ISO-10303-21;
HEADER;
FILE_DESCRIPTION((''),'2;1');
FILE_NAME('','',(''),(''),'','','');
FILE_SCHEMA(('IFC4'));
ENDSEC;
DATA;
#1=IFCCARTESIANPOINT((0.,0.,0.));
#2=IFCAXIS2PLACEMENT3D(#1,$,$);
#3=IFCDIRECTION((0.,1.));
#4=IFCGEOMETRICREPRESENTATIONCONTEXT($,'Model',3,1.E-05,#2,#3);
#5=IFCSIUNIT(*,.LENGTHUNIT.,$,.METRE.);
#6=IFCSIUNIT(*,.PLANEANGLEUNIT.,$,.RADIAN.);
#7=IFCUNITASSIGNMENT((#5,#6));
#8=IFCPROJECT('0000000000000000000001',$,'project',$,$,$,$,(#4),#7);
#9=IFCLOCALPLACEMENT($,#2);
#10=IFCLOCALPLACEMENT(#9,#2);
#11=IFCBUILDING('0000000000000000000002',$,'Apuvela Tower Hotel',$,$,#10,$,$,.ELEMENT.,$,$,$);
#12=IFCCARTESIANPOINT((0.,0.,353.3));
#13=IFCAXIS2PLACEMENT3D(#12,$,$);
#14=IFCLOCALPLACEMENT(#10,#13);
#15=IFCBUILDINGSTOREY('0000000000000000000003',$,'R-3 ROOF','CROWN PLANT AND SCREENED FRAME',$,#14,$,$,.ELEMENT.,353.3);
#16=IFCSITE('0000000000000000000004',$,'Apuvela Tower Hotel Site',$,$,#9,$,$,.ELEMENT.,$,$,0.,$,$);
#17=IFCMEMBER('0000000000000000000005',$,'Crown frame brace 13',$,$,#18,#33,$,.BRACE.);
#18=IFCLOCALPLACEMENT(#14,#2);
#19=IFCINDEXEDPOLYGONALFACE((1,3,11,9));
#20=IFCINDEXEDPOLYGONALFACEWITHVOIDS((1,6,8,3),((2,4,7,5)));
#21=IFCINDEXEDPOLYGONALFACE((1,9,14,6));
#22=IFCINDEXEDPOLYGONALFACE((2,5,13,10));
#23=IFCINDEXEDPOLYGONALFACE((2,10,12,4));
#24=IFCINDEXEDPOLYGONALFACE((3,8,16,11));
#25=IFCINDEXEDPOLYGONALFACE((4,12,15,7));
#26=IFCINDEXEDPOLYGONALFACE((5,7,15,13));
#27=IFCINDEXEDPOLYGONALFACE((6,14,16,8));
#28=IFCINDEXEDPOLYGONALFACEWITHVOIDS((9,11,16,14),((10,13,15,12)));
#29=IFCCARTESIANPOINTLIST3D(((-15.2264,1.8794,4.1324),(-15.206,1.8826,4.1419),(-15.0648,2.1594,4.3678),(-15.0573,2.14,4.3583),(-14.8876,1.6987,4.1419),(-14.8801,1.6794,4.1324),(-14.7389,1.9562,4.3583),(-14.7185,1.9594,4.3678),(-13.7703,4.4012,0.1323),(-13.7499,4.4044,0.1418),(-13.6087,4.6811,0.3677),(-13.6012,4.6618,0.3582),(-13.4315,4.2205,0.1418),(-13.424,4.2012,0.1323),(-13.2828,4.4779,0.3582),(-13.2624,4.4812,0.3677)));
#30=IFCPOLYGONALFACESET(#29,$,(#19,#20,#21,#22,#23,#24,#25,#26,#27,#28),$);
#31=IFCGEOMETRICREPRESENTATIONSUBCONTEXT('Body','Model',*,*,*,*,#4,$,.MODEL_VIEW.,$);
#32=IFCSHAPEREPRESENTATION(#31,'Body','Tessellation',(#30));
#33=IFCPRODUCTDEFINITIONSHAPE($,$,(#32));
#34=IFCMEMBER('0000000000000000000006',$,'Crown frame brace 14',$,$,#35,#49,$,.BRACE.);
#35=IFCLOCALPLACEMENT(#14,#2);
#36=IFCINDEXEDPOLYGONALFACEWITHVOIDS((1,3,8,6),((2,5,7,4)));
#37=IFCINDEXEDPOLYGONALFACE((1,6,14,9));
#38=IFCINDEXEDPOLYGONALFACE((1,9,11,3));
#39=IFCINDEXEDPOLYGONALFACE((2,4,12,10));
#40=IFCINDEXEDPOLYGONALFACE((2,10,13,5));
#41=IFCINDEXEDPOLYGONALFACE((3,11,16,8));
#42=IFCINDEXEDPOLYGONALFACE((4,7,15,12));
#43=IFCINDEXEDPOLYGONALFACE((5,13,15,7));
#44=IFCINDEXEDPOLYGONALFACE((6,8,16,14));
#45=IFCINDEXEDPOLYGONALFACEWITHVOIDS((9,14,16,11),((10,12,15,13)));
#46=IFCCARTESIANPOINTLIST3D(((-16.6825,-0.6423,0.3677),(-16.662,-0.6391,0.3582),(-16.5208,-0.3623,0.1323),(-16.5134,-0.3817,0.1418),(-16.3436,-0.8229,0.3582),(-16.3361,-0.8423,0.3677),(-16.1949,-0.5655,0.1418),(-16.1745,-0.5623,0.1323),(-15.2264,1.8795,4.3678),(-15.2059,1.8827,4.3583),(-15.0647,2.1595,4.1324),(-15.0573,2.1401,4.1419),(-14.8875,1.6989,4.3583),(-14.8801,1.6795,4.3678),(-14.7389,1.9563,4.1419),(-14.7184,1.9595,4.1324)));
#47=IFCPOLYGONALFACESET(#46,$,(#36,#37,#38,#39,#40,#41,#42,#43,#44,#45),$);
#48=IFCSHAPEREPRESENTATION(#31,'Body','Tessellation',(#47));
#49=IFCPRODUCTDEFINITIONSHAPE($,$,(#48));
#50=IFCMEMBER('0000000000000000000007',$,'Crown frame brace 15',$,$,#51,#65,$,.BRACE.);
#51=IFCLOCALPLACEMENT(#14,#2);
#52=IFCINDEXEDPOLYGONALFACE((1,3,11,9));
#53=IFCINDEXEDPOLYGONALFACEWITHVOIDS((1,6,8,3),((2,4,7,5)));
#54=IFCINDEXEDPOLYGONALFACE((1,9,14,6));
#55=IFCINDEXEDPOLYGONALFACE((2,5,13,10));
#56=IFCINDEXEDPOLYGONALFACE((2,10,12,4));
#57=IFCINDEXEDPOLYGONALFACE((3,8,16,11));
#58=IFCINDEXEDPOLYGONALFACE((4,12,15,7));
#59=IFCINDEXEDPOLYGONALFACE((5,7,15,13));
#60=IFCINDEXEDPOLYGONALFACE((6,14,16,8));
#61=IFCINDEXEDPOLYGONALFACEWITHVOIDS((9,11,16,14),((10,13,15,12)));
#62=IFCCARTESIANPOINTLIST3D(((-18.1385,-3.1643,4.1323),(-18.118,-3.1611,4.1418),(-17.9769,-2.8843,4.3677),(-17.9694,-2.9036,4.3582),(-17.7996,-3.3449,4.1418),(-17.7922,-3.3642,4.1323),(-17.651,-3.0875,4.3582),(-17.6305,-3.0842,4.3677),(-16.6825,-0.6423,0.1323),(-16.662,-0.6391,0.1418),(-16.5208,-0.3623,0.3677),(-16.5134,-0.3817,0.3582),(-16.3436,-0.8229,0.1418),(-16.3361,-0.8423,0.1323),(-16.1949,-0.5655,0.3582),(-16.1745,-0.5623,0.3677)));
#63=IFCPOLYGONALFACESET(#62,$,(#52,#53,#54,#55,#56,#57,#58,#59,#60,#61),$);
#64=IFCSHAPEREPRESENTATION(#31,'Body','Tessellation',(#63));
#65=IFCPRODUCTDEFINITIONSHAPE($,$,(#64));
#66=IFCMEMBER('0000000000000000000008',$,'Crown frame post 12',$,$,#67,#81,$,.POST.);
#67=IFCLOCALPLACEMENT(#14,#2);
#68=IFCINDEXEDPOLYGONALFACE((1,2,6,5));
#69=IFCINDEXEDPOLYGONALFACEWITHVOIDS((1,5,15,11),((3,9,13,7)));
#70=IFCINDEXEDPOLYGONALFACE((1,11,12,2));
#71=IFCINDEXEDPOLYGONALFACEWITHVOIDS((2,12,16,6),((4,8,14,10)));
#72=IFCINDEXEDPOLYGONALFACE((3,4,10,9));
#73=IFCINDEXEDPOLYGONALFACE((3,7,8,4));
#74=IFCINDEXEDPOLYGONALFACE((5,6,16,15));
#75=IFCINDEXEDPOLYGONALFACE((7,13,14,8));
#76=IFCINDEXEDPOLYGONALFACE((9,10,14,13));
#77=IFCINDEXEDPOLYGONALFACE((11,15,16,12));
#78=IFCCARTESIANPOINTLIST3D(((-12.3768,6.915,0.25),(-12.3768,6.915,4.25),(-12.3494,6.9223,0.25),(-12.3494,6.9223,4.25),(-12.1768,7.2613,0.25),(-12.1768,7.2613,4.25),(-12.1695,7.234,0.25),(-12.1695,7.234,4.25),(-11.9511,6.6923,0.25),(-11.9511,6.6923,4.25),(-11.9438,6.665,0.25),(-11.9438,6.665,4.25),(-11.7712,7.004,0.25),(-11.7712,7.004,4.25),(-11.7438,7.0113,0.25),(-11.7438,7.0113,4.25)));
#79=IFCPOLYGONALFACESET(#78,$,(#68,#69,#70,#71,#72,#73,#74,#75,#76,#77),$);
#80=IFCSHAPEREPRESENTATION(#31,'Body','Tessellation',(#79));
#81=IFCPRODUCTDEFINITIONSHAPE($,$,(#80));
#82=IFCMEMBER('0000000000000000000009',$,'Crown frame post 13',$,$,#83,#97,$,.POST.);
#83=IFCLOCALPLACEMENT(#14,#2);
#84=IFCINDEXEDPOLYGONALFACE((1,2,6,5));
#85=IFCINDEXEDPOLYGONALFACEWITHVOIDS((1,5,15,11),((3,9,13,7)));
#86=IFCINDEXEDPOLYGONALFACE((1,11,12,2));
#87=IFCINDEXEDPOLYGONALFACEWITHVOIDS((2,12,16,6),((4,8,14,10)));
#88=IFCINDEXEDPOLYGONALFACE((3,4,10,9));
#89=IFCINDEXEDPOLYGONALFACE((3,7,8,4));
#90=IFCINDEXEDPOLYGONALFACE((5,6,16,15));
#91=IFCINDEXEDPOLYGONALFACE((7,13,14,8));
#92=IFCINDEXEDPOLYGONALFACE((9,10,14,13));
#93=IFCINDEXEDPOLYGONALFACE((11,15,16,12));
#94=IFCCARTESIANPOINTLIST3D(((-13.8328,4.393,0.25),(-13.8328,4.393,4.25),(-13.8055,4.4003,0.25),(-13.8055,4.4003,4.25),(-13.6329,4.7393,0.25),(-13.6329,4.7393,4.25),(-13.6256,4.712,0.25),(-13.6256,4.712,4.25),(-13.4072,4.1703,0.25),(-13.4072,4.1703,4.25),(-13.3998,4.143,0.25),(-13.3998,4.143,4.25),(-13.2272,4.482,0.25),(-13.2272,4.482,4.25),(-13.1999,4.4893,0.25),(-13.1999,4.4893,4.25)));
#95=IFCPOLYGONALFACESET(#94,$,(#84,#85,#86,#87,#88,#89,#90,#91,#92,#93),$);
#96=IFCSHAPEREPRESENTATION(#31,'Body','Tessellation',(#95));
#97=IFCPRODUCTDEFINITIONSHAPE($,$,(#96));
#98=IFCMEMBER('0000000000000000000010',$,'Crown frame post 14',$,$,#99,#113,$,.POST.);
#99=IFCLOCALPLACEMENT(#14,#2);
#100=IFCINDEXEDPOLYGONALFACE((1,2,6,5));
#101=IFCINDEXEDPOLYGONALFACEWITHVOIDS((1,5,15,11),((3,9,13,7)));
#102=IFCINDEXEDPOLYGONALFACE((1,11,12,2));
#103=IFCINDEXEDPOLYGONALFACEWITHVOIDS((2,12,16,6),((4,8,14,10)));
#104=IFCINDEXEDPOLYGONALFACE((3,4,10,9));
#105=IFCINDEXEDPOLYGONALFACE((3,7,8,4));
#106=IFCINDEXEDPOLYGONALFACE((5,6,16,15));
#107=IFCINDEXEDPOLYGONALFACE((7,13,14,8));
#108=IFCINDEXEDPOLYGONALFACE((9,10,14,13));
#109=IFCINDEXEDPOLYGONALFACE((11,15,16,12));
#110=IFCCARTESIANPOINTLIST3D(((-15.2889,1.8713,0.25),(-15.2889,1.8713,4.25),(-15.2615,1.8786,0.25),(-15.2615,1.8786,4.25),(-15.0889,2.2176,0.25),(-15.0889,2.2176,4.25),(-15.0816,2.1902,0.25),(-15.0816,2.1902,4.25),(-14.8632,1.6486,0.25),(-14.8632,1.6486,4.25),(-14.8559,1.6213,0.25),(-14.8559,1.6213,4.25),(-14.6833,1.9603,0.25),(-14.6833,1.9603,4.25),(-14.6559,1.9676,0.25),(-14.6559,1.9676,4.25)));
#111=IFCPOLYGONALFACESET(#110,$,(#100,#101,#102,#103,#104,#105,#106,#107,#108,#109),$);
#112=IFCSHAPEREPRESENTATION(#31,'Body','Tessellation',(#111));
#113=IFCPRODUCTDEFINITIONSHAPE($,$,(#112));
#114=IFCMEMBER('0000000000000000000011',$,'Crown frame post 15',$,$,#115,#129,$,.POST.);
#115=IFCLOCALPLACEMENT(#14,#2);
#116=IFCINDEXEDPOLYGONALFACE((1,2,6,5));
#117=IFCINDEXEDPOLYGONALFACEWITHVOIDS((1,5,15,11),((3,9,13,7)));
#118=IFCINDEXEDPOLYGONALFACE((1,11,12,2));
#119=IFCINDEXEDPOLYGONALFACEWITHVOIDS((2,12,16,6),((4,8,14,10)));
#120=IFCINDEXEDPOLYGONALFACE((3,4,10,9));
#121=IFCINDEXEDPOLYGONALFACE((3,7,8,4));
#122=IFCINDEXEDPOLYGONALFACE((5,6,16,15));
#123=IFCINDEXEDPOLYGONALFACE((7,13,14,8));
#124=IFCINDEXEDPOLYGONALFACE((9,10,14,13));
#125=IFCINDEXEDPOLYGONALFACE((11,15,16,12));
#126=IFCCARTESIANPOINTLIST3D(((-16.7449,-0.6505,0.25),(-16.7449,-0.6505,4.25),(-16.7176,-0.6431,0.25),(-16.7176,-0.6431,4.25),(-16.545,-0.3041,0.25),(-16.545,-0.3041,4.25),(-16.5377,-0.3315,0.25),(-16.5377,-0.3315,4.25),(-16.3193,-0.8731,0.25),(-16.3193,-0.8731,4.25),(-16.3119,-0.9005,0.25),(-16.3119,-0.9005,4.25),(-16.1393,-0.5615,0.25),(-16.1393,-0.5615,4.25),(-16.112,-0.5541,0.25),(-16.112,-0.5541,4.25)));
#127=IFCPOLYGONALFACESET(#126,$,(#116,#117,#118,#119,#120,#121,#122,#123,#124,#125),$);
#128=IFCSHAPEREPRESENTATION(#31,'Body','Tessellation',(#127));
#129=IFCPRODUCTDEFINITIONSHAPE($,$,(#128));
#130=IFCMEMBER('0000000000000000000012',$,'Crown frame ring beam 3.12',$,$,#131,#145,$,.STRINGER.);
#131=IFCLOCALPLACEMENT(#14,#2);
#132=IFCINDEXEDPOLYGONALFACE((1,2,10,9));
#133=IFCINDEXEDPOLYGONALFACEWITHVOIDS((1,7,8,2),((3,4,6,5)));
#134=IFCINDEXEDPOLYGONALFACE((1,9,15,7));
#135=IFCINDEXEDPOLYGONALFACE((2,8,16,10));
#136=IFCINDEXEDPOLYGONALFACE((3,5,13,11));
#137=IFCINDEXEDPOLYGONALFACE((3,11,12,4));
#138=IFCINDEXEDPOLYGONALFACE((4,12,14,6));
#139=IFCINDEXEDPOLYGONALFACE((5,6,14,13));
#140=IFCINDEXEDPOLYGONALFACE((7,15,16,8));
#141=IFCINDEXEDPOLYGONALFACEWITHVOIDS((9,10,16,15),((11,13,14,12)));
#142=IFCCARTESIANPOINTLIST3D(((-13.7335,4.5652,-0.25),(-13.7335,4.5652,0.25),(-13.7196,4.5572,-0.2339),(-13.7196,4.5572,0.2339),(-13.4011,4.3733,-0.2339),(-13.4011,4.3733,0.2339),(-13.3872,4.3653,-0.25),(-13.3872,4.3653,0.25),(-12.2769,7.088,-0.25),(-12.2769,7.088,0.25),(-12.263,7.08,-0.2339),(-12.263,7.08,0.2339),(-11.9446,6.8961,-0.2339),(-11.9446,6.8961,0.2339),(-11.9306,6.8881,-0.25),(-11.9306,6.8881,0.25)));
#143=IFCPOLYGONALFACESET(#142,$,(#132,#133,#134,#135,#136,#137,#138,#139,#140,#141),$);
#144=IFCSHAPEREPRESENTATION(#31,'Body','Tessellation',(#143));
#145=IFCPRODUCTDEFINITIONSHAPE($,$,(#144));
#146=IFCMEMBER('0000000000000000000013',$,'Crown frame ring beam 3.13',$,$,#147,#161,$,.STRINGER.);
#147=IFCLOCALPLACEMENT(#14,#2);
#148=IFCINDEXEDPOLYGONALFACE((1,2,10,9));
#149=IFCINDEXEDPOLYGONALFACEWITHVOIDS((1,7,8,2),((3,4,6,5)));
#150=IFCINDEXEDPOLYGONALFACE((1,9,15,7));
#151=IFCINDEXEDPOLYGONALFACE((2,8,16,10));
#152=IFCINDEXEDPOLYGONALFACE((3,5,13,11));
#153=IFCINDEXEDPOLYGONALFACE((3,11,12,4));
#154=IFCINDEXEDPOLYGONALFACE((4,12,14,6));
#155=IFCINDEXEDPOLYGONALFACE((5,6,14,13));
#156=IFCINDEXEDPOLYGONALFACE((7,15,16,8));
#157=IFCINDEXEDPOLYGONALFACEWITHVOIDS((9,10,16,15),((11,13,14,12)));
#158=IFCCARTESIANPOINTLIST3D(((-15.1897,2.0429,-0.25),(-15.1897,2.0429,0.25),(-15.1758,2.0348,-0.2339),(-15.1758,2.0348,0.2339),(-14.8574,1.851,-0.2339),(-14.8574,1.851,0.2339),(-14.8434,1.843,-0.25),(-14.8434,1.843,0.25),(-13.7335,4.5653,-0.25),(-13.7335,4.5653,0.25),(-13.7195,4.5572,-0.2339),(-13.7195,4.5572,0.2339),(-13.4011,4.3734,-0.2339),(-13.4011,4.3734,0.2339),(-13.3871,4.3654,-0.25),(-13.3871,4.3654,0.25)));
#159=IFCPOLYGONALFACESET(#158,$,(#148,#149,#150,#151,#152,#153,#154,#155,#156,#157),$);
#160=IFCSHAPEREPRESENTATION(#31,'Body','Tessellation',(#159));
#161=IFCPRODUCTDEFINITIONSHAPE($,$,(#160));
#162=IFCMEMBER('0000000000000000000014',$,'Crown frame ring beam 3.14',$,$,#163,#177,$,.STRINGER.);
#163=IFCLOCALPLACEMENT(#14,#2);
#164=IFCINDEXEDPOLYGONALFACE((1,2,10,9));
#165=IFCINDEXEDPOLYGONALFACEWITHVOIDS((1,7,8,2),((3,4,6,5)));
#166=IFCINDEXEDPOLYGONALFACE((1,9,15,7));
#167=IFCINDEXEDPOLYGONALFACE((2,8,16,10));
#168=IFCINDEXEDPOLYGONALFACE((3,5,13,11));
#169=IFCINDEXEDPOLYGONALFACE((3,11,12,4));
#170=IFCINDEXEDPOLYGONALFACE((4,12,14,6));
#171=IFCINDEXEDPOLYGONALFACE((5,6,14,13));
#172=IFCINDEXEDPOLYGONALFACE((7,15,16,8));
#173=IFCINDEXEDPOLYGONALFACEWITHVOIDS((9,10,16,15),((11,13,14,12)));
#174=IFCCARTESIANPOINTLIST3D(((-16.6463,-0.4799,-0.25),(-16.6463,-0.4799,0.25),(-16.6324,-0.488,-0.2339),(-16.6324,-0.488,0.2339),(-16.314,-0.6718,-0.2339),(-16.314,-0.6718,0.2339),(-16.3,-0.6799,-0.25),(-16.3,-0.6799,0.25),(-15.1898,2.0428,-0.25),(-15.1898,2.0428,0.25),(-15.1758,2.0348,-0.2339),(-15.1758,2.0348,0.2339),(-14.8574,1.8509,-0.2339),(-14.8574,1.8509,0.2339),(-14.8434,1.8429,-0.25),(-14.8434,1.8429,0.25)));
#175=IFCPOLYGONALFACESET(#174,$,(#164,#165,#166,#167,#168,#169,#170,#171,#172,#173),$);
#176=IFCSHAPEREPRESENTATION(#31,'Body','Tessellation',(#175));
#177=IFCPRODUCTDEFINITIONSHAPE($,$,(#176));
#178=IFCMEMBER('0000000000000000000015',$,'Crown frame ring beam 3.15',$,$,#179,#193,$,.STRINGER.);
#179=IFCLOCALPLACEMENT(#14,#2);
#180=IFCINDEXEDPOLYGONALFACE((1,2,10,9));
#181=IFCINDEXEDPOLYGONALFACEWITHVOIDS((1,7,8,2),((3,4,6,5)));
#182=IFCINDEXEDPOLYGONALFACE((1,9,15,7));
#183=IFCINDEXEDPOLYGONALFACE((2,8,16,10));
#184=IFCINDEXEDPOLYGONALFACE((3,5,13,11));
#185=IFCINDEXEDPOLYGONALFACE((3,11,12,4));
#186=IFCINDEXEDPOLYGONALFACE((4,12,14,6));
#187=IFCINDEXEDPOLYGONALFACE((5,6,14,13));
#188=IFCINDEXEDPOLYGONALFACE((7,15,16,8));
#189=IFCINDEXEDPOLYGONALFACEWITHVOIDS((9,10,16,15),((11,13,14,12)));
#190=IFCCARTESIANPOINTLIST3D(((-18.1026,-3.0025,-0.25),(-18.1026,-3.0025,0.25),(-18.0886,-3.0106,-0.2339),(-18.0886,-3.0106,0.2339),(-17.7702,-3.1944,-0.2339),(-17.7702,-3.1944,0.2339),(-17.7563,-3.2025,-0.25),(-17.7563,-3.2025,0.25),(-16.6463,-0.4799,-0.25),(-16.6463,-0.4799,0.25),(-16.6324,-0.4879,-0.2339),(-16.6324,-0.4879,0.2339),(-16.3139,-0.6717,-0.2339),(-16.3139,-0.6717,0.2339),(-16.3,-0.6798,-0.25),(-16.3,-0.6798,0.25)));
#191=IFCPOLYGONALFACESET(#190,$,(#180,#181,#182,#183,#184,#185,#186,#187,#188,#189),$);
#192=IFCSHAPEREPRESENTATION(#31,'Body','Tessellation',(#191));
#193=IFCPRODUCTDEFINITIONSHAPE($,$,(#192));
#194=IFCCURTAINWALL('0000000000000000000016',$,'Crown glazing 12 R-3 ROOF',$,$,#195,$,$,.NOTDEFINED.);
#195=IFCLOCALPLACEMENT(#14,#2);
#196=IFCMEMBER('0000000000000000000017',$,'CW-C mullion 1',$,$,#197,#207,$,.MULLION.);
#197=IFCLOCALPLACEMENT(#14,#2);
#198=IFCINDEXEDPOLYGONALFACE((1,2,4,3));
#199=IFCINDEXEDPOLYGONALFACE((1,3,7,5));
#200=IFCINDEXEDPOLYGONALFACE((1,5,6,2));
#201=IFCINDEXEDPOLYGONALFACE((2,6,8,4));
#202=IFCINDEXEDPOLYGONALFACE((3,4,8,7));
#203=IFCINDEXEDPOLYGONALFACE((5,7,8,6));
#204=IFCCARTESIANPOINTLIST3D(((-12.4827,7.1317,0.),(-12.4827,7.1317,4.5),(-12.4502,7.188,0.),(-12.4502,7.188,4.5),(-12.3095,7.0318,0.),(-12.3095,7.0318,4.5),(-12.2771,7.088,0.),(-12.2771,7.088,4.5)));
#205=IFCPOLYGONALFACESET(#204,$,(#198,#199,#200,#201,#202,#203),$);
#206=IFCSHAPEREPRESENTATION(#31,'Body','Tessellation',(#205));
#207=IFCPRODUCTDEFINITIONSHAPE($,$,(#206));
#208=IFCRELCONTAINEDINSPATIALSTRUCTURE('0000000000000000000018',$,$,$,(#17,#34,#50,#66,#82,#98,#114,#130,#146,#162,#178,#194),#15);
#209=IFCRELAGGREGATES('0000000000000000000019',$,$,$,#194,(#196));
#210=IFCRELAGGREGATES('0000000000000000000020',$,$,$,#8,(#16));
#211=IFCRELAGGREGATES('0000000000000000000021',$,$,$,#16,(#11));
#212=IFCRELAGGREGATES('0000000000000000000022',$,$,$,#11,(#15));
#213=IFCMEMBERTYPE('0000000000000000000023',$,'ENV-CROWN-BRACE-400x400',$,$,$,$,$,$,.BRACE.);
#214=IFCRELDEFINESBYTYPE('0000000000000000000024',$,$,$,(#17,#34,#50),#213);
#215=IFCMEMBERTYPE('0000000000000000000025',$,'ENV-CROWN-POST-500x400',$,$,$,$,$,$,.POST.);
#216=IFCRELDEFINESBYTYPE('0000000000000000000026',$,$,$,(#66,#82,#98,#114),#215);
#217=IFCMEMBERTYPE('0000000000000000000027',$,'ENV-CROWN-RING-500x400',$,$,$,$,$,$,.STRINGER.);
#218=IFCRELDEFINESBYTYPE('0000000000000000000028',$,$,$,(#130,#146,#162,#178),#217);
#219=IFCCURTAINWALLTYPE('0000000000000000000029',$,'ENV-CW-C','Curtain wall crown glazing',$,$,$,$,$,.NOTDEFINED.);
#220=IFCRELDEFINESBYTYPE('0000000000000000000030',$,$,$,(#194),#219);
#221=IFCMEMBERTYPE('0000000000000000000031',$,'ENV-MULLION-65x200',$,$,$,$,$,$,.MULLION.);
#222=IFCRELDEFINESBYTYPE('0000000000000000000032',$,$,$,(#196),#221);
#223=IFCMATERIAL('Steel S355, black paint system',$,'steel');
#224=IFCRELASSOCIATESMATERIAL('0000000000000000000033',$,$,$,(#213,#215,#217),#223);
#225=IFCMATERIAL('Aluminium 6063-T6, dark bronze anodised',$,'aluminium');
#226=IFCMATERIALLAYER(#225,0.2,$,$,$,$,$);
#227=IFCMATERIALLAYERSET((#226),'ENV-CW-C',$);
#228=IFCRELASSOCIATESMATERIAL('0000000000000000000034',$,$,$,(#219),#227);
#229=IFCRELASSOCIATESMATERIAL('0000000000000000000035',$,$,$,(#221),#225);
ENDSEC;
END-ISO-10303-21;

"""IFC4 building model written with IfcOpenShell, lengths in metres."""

from ifc_helpers import new_model, si_unit, direction, frame, origin, origin_2d, place, context, subcontext, project, spatial, rectangle, hollow_rectangle, extrude, material, layer, layer_set, material_profile, profile_set, type_object, element, aggregate, save


model = new_model("IFC4")

# Units and contexts
model_context = context("Model", 3, precision=1e-05, world=origin(), true_north=direction((0.0, 1.0)))
body_context = subcontext(model_context, "Body", "Model", "MODEL_VIEW")
ifc_project = project(units=[si_unit("LENGTHUNIT", "METRE"), si_unit("PLANEANGLEUNIT", "RADIAN")], contexts=[model_context])

# Site, building, storey
site_placement = place(None, origin())
site = spatial("IfcSite", under=ifc_project, at=site_placement, Name="Apuvela Tower Hotel Site", CompositionType="ELEMENT", RefElevation=0.0)
building_placement = place(site_placement, origin())
building = spatial("IfcBuilding", under=site, at=building_placement, Name="Apuvela Tower Hotel", CompositionType="ELEMENT")
storey_placement = place(building_placement, frame((0.0, 0.0, 353.3)))
storey = spatial("IfcBuildingStorey", under=building, at=storey_placement, Name="R-3 ROOF", Description="CROWN PLANT AND SCREENED FRAME", CompositionType="ELEMENT", Elevation=353.3)

# Members
ifc_material_1 = material(Name="Steel S355, black paint system", Category="steel")
ifc_material_profile_1 = material_profile(ifc_material_1, hollow_rectangle(XDim=0.3999, YDim=0.3999, WallThickness=0.0161, at=origin_2d()), Name="HSS 400x400x16")
ifc_profile_set_1 = profile_set([ifc_material_profile_1], Name="Steel S355, black paint system")
member_type_1 = type_object("IfcMemberType", Name="ENV-CROWN-BRACE-400x400", PredefinedType="BRACE", material=ifc_profile_set_1)
for number, where, z_axis, x_axis, name in (
    (1, (-13.5164, 4.4412, 0.25), (-0.294292, -0.509682, 0.808465), (0.866005, -0.500035, 0.0), "Crown frame brace 13"),
    (2, (-16.4285, -0.6023, 0.25), (0.294292, 0.509682, 0.808465), (-0.866005, 0.500035, 0.0), "Crown frame brace 14"),
    (3, (-16.4285, -0.6023, 0.25), (-0.294285, -0.509719, 0.808445), (0.866026, -0.499998, 0.0), "Crown frame brace 15"),
):
    element("IfcMember", number, at=place(storey_placement, frame(where, z_axis=z_axis, x_axis=x_axis)), inside=storey, type_object=member_type_1, Name=name, PredefinedType="BRACE", context=body_context, shape_type="SweptSolid", body=[
        extrude(hollow_rectangle(XDim=0.3999, YDim=0.3999, WallThickness=0.0161, at=origin_2d()), origin(), (0.0, 0.0, 1.0), 4.9478),
    ])
ifc_material_profile_2 = material_profile(ifc_material_1, hollow_rectangle(XDim=0.3999, YDim=0.5, WallThickness=0.02, at=origin_2d()), Name="HSS 500x400x20")
ifc_profile_set_2 = profile_set([ifc_material_profile_2], Name="Steel S355, black paint system")
member_type_2 = type_object("IfcMemberType", Name="ENV-CROWN-POST-500x400", PredefinedType="POST", material=ifc_profile_set_2)
for number, where, z_axis, x_axis, name in (
    (4, (-12.0603, 6.9631, 0.25), (0.0, 0.0, 1.0), (-0.5, -0.866025, 0.0), "Crown frame post 12"),
    (5, (-13.5164, 4.4412, 0.25), (0.0, 0.0, 1.0), (-0.5, -0.866025, 0.0), "Crown frame post 13"),
    (6, (-14.9724, 1.9194, 0.25), (0.0, 0.0, 1.0), (-0.5, -0.866025, 0.0), "Crown frame post 14"),
    (7, (-16.4285, -0.6023, 0.25), (0.0, 0.0, 1.0), (-0.5, -0.866025, 0.0), "Crown frame post 15"),
):
    element("IfcMember", number, at=place(storey_placement, frame(where, z_axis=z_axis, x_axis=x_axis)), inside=storey, type_object=member_type_2, Name=name, PredefinedType="POST", context=body_context, shape_type="SweptSolid", body=[
        extrude(hollow_rectangle(XDim=0.3999, YDim=0.5, WallThickness=0.02, at=origin_2d()), origin(), (0.0, 0.0, 1.0), 4.0),
    ])
ifc_material_profile_3 = material_profile(ifc_material_1, hollow_rectangle(XDim=0.3999, YDim=0.5, WallThickness=0.0161, at=origin_2d()), Name="HSS 500x400x16")
ifc_profile_set_3 = profile_set([ifc_material_profile_3], Name="Steel S355, black paint system")
member_type_3 = type_object("IfcMemberType", Name="ENV-CROWN-RING-500x400", PredefinedType="STRINGER", material=ifc_profile_set_3)
member_1_placement = place(storey_placement, frame((-12.1038, 6.988, 0.0), z_axis=(-0.500015, -0.866017, 0.0), x_axis=(0.866017, -0.500015, 0.0)))
element("IfcMember", 8, at=member_1_placement, inside=storey, type_object=member_type_3, Name="Crown frame ring beam 3.12", PredefinedType="STRINGER", context=body_context, shape_type="SweptSolid", body=[
    extrude(hollow_rectangle(XDim=0.3999, YDim=0.5, WallThickness=0.0161, at=origin_2d()), origin(), (0.0, 0.0, 1.0), 2.9131),
])
member_2_placement = place(storey_placement, frame((-13.5603, 4.4653, 0.0), z_axis=(-0.499988, -0.866032, 0.0), x_axis=(0.866032, -0.499988, 0.0)))
element("IfcMember", 9, at=member_2_placement, inside=storey, type_object=member_type_3, Name="Crown frame ring beam 3.13", PredefinedType="STRINGER", context=body_context, shape_type="SweptSolid", body=[
    extrude(hollow_rectangle(XDim=0.3999, YDim=0.5, WallThickness=0.0161, at=origin_2d()), origin(), (0.0, 0.0, 1.0), 2.9126),
])
member_3_placement = place(storey_placement, frame((-15.0166, 1.9429, 0.0), z_axis=(-0.500015, -0.866017, 0.0), x_axis=(0.866017, -0.500015, 0.0)))
element("IfcMember", 10, at=member_3_placement, inside=storey, type_object=member_type_3, Name="Crown frame ring beam 3.14", PredefinedType="STRINGER", context=body_context, shape_type="SweptSolid", body=[
    extrude(hollow_rectangle(XDim=0.3999, YDim=0.5, WallThickness=0.0161, at=origin_2d()), origin(), (0.0, 0.0, 1.0), 2.9131),
])
member_4_placement = place(storey_placement, frame((-16.4731, -0.5798, 0.0), z_axis=(-0.499952, -0.866053, 0.0), x_axis=(0.866053, -0.499952, 0.0)))
element("IfcMember", 11, at=member_4_placement, inside=storey, type_object=member_type_3, Name="Crown frame ring beam 3.15", PredefinedType="STRINGER", context=body_context, shape_type="SweptSolid", body=[
    extrude(hollow_rectangle(XDim=0.3999, YDim=0.5, WallThickness=0.0161, at=origin_2d()), origin(), (0.0, 0.0, 1.0), 2.9128),
])

# Curtain wall, member
ifc_material_2 = material(Name="Aluminium 6063-T6, dark bronze anodised", Category="aluminium")
ifc_layer_1 = layer(ifc_material_2, 0.2)
ifc_layer_set_1 = layer_set([ifc_layer_1], Name="ENV-CW-C")
curtain_wall_type_1 = type_object("IfcCurtainWallType", Name="ENV-CW-C", Description="Curtain wall crown glazing", PredefinedType="NOTDEFINED", material=ifc_layer_set_1)
curtain_wall_1_placement = place(storey_placement, origin())
curtain_wall_1 = element("IfcCurtainWall", 12, at=curtain_wall_1_placement, inside=storey, type_object=curtain_wall_type_1, Name="Crown glazing 12 R-3 ROOF", PredefinedType="NOTDEFINED")
ifc_material_profile_4 = material_profile(ifc_material_2, rectangle(XDim=0.2, YDim=0.0649, at=origin_2d()), Name="AL 65x200")
ifc_profile_set_4 = profile_set([ifc_material_profile_4], Name="Aluminium 6063-T6, dark bronze anodised")
member_type_4 = type_object("IfcMemberType", Name="ENV-MULLION-65x200", PredefinedType="MULLION", material=ifc_profile_set_4)
member_5_placement = place(storey_placement, frame((-12.3799, 7.1099, 0.0), z_axis=(0.0, 0.0, 1.0), x_axis=(0.866037, -0.499981, 0.0)))
member_5 = element("IfcMember", 13, at=member_5_placement, type_object=member_type_4, Name="CW-C mullion 1", PredefinedType="MULLION", context=body_context, shape_type="SweptSolid", body=[
    extrude(rectangle(XDim=0.2, YDim=0.0649, at=origin_2d()), origin(), (0.0, 0.0, 1.0), 4.5),
])

aggregate(curtain_wall_1, [member_5])

save(model, "model.ifc")
